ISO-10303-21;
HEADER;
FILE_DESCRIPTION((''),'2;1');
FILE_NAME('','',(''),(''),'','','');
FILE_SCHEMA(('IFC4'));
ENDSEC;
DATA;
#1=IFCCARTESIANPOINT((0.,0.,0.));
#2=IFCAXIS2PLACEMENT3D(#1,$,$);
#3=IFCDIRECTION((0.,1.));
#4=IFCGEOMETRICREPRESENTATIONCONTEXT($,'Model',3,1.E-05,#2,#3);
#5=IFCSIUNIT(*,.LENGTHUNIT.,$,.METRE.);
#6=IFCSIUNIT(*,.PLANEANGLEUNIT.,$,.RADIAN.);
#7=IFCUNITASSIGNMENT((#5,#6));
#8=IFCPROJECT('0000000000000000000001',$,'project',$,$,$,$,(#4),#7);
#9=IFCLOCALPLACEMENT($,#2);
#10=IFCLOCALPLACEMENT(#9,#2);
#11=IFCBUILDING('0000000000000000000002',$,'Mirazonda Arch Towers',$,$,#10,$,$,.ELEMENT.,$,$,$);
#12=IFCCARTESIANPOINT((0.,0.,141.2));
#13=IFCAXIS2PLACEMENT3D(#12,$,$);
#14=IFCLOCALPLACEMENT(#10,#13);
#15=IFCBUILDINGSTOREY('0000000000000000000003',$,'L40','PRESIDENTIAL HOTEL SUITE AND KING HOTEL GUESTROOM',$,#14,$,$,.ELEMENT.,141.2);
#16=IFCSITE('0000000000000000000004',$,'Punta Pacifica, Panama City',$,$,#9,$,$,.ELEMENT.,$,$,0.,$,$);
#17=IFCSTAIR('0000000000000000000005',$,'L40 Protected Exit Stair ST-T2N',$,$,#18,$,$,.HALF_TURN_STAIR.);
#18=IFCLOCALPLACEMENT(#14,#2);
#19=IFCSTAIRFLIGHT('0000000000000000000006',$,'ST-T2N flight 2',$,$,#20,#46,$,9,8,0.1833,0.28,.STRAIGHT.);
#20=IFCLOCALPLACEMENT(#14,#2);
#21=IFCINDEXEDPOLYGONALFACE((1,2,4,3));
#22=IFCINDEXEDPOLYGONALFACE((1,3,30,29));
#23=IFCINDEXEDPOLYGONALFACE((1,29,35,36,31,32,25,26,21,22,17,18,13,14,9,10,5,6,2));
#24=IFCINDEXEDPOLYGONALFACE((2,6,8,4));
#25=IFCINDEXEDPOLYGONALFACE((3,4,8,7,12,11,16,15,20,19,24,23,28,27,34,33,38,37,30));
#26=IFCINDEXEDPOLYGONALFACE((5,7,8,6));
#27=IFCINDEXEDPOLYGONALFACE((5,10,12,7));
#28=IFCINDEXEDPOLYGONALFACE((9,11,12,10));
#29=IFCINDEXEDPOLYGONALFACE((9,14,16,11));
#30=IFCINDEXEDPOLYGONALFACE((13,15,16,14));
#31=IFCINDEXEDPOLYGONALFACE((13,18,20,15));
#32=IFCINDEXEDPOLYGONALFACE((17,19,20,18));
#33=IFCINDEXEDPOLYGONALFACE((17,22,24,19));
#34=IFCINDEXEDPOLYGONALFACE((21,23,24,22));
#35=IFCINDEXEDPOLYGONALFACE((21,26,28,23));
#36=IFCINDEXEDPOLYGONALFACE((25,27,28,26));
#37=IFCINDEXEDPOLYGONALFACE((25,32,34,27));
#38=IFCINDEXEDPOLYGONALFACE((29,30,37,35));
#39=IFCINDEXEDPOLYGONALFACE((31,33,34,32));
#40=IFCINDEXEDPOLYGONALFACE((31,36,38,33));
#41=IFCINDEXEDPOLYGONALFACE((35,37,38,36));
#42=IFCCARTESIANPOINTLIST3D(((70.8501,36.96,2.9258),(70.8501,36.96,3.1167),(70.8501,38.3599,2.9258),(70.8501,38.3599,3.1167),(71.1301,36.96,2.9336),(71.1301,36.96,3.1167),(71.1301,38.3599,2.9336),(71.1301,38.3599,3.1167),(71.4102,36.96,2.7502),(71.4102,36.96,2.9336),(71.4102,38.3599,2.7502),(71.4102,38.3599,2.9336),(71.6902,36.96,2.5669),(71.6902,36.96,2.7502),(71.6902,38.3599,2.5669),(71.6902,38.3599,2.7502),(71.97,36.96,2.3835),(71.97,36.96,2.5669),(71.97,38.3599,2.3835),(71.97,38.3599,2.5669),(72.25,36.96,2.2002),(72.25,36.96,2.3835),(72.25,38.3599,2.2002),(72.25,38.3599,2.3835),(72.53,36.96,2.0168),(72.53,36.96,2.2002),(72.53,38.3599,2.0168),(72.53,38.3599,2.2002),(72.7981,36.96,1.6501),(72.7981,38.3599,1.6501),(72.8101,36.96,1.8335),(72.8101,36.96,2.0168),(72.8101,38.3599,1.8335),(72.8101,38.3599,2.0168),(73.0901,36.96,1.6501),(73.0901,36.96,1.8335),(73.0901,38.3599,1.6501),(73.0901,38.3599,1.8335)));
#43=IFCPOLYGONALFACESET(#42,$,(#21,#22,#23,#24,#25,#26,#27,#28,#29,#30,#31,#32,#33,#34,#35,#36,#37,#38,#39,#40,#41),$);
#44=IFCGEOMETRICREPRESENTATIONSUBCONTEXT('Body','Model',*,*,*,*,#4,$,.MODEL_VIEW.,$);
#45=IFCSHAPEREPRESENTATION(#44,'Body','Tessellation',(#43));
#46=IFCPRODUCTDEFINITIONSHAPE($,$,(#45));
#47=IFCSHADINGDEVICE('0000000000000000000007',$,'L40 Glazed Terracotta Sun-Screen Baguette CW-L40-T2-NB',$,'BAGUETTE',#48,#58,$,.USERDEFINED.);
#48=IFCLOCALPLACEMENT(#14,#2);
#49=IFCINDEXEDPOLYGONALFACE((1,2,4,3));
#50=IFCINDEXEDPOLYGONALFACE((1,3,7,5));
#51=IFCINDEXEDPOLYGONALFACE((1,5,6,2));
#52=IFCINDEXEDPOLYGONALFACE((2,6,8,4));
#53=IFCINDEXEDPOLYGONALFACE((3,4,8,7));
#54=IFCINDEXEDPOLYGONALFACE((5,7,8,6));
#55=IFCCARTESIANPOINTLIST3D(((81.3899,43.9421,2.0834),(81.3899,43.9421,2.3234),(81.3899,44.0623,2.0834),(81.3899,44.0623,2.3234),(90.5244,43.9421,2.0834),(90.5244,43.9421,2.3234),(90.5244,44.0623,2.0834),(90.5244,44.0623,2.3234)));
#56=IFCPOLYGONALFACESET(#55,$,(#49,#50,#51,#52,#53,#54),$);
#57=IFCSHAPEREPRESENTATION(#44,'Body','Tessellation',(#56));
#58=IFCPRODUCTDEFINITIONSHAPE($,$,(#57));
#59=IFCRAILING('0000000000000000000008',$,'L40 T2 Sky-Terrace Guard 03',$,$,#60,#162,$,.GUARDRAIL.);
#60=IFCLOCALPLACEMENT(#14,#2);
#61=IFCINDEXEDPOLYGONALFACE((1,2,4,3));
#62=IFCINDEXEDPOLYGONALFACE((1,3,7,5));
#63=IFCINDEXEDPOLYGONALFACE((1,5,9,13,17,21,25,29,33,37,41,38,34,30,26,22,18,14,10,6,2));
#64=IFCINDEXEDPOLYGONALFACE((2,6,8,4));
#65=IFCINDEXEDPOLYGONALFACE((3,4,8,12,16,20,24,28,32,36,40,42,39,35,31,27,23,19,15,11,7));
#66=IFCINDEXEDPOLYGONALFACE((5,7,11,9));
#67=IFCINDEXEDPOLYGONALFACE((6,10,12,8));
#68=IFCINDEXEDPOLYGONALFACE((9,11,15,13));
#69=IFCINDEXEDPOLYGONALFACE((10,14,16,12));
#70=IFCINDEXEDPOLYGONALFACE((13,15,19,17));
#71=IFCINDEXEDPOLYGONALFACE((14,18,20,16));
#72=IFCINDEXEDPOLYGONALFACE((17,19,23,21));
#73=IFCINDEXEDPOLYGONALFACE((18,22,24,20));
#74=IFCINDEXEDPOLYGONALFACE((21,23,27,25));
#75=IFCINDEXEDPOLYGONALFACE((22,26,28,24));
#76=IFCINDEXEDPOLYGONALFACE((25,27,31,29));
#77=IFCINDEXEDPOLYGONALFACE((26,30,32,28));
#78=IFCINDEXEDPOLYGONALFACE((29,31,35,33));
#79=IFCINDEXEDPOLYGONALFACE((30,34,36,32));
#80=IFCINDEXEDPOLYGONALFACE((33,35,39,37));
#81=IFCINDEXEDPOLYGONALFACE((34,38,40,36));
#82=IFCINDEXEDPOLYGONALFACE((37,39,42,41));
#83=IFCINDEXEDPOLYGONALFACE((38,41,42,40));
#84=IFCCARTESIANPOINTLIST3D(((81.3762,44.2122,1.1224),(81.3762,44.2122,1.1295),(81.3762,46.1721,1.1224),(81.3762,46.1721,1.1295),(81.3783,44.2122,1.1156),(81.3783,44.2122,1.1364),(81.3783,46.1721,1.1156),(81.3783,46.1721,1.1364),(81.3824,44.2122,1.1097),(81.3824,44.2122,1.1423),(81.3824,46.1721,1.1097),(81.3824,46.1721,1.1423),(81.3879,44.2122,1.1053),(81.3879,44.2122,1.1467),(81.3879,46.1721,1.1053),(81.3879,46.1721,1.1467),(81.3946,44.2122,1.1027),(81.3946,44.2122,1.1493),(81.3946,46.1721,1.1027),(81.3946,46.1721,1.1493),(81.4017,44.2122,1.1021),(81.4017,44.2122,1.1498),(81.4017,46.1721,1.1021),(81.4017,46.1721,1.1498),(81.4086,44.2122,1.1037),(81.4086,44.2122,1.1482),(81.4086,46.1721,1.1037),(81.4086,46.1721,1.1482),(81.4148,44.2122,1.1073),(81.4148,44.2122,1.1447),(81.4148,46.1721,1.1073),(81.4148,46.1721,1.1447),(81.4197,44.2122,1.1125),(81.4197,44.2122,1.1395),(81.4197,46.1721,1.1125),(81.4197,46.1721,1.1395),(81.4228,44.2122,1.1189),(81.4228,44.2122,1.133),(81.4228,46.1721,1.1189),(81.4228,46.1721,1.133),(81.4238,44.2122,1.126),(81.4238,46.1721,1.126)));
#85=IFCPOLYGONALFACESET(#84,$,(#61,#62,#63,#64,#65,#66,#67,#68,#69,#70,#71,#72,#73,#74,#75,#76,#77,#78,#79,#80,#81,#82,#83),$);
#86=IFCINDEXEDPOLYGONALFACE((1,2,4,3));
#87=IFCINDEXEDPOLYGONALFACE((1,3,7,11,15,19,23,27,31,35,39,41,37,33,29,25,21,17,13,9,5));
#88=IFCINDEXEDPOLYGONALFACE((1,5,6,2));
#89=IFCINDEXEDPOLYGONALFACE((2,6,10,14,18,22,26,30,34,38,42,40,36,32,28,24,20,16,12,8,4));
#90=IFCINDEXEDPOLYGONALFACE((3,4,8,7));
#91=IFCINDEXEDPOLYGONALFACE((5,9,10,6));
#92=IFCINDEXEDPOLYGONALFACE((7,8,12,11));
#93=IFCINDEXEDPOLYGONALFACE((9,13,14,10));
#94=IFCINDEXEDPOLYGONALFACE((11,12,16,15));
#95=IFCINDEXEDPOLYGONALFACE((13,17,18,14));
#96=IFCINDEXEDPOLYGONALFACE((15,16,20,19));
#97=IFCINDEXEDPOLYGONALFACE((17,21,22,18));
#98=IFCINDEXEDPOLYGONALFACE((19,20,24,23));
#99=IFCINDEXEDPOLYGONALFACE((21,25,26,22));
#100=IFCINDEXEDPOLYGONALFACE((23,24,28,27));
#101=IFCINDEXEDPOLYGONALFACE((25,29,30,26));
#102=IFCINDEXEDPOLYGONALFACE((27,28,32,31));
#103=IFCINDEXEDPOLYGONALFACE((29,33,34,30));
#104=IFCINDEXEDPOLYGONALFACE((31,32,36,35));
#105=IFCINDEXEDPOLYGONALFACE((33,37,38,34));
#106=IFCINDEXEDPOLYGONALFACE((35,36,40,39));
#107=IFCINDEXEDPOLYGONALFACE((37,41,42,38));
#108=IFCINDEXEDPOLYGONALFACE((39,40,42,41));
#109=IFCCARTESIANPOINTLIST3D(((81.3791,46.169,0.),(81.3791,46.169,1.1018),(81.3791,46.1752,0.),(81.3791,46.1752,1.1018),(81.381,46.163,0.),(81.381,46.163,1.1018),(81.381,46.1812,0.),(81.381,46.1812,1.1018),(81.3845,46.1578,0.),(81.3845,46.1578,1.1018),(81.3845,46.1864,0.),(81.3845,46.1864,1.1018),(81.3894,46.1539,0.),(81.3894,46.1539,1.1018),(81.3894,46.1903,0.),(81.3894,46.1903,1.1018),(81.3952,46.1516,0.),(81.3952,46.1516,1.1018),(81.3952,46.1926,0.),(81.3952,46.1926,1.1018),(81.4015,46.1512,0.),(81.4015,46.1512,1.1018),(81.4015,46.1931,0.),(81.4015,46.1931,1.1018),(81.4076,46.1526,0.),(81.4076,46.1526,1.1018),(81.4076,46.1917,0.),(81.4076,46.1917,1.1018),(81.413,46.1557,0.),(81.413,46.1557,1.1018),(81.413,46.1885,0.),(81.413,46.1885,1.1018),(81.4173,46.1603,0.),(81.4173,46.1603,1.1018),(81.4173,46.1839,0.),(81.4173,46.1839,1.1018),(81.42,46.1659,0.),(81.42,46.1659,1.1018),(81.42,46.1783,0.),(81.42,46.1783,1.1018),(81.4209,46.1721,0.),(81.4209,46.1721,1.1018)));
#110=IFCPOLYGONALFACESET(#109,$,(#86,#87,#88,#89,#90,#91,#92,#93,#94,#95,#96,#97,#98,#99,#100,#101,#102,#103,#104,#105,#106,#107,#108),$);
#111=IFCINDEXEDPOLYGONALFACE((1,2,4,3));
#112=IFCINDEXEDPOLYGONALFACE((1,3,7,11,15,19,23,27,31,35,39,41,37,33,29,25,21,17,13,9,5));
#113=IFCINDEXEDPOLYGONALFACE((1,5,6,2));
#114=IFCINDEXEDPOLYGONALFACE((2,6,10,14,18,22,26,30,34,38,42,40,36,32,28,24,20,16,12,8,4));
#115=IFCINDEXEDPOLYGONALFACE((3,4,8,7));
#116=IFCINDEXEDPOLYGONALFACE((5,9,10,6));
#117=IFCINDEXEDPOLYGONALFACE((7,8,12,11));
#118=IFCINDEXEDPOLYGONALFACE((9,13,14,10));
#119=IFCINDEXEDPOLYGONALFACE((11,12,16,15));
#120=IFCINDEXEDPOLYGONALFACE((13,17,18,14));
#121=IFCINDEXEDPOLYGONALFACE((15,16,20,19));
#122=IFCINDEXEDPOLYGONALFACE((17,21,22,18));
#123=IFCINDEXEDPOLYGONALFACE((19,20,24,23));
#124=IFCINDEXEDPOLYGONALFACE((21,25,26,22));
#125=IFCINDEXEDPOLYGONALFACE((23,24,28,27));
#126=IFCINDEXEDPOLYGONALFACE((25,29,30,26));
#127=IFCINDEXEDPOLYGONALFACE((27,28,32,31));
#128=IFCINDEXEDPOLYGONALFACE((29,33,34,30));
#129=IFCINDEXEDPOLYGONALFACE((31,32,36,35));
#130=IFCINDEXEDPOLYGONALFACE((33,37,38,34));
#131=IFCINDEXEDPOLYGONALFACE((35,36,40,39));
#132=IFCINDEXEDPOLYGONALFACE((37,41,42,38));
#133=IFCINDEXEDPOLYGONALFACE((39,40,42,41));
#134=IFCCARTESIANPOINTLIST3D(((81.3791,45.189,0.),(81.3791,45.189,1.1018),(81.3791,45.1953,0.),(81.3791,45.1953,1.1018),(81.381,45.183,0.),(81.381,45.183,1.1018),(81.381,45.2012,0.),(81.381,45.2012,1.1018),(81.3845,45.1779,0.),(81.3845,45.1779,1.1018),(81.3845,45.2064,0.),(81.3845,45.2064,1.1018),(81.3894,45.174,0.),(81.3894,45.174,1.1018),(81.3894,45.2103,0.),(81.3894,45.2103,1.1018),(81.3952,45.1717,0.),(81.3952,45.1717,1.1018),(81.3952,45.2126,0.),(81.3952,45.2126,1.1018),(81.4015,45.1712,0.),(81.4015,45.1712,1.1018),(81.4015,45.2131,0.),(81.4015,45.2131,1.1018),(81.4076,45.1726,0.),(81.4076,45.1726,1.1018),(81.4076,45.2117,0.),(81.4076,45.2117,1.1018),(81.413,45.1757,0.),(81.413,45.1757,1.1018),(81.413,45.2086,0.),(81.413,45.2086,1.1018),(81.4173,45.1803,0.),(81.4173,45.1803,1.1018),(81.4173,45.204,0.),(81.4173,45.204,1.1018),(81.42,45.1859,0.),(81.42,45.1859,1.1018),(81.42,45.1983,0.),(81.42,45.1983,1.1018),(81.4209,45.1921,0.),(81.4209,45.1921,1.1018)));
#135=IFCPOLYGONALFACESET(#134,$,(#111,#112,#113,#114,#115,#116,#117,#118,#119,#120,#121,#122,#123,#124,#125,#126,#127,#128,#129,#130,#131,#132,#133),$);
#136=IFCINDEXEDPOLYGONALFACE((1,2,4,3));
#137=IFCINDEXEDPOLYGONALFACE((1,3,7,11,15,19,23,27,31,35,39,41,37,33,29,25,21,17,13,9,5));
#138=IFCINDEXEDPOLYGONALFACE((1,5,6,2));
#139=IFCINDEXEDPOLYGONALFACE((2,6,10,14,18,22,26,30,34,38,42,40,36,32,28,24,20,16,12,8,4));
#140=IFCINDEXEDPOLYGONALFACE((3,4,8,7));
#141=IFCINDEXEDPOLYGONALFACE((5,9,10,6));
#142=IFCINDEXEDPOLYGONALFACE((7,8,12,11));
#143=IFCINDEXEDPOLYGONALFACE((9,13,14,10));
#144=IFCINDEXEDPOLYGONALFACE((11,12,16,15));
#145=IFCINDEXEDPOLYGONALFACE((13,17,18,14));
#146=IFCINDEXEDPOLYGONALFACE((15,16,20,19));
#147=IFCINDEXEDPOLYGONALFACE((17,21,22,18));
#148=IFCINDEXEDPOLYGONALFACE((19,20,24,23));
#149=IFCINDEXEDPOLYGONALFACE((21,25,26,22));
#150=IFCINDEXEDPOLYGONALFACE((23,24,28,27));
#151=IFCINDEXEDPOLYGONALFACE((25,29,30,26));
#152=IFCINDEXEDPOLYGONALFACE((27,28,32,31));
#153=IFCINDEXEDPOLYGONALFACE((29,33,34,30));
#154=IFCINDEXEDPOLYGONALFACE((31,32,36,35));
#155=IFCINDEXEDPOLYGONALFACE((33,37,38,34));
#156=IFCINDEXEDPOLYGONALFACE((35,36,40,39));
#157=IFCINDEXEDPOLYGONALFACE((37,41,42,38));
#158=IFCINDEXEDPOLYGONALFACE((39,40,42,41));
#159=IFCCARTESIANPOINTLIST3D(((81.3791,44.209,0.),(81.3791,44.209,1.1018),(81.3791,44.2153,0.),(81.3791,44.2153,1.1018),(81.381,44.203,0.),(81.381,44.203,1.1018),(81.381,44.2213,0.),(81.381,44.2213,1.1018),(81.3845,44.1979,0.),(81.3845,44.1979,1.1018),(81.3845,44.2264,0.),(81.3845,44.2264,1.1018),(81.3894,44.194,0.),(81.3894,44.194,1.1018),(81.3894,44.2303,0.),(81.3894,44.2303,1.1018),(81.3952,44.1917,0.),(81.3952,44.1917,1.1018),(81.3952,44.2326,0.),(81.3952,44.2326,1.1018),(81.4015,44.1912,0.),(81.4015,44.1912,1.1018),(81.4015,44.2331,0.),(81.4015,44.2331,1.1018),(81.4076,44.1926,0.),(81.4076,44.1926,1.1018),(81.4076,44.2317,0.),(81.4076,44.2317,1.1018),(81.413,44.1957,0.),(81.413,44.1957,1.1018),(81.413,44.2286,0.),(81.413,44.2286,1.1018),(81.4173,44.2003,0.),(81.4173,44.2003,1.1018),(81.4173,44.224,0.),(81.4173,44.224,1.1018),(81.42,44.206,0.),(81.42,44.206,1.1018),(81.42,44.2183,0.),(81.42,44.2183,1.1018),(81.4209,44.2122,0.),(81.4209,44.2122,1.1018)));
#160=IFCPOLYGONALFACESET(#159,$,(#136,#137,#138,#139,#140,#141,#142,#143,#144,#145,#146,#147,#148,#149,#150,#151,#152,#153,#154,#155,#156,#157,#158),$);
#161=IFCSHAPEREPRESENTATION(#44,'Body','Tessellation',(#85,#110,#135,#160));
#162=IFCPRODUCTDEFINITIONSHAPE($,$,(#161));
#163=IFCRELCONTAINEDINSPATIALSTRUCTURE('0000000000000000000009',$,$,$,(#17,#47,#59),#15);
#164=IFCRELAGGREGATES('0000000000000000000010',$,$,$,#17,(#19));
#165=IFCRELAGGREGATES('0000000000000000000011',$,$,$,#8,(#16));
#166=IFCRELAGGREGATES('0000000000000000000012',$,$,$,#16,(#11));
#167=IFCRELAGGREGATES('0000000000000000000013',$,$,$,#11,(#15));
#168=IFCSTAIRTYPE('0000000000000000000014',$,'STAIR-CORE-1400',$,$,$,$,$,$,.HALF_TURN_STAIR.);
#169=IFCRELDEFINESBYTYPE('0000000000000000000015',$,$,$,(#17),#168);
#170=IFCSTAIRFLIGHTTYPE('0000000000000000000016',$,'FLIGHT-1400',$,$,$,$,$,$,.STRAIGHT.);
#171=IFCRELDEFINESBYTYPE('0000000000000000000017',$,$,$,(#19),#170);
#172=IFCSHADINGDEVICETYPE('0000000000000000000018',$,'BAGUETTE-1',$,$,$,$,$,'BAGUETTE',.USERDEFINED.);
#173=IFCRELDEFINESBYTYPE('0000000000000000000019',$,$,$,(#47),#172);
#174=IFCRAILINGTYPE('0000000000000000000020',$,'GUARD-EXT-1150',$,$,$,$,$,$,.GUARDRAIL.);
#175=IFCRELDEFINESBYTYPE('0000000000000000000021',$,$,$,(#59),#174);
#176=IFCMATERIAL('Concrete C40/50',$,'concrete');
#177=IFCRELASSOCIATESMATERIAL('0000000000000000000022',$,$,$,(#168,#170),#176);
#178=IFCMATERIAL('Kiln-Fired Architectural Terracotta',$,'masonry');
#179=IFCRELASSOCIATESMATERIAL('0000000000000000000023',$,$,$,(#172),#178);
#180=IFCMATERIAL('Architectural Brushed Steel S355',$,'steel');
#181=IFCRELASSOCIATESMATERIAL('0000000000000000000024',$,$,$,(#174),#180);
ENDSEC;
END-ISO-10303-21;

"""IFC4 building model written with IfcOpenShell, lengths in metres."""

from ifc_helpers import new_model, si_unit, direction, frame, origin, origin_2d, place, context, subcontext, project, spatial, polyline, rectangle, circle, outline, extrude, material, material_profile, profile_set, type_object, element, aggregate, save


model = new_model("IFC4")

# Units and contexts
model_context = context("Model", 3, precision=1e-05, world=origin(), true_north=direction((0.0, 1.0)))
body_context = subcontext(model_context, "Body", "Model", "MODEL_VIEW")
ifc_project = project(units=[si_unit("LENGTHUNIT", "METRE"), si_unit("PLANEANGLEUNIT", "RADIAN")], contexts=[model_context])

# Site, building, storey
site_placement = place(None, origin())
site = spatial("IfcSite", under=ifc_project, at=site_placement, Name="Punta Pacifica, Panama City", CompositionType="ELEMENT", RefElevation=0.0)
building_placement = place(site_placement, origin())
building = spatial("IfcBuilding", under=site, at=building_placement, Name="Mirazonda Arch Towers", CompositionType="ELEMENT")
storey_placement = place(building_placement, frame((0.0, 0.0, 141.2)))
storey = spatial("IfcBuildingStorey", under=building, at=storey_placement, Name="L40", Description="PRESIDENTIAL HOTEL SUITE AND KING HOTEL GUESTROOM", CompositionType="ELEMENT", Elevation=141.2)

# Shared definitions
ifc_material_1 = material(Name="Concrete C40/50", Category="concrete")

# Stair, stair flight
stair_type = type_object("IfcStairType", Name="STAIR-CORE-1400", PredefinedType="HALF_TURN_STAIR", material=ifc_material_1)
stair_placement = place(storey_placement, origin())
stair = element("IfcStair", 1, at=stair_placement, inside=storey, type_object=stair_type, Name="L40 Protected Exit Stair ST-T2N", PredefinedType="HALF_TURN_STAIR")
stair_flight_type = type_object("IfcStairFlightType", Name="FLIGHT-1400", PredefinedType="STRAIGHT", material=ifc_material_1)
stair_flight_placement = place(storey_placement, frame((73.0901, 37.6599, 1.6501), z_axis=(0.0, 0.0, 1.0), x_axis=(-1.0, 0.0, 0.0)))
stair_flight = element("IfcStairFlight", 2, at=stair_flight_placement, type_object=stair_flight_type, Name="ST-T2N flight 2", NumberOfRisers=9, NumberOfTreads=8, PredefinedType="STRAIGHT", RiserHeight=0.1833, TreadLength=0.28, context=body_context, shape_type="SweptSolid", body=[
    extrude(outline(polyline([(0.0, 0.0), (0.0, 0.1833), (0.28, 0.1833), (0.28, 0.3667), (0.5601, 0.3667), (0.5601, 0.55), (0.8401, 0.55), (0.8401, 0.7334), (1.1201, 0.7334), (1.1201, 0.9167), (1.3999, 0.9167), (1.3999, 1.1001), (1.6799, 1.1001), (1.6799, 1.2834), (1.96, 1.2834), (1.96, 1.4666), (2.24, 1.4666), (2.24, 1.6499), (2.24, 1.2756), (0.292, 0.0), (0.0, 0.0)])), frame((0.0, 0.7, 0.0), z_axis=(0.0, -1.0, 0.0), x_axis=(1.0, 0.0, 0.0)), (0.0, 0.0, 1.0), 1.3999),
])
aggregate(stair, [stair_flight])

# Shading device
ifc_material_2 = material(Name="Kiln-Fired Architectural Terracotta", Category="masonry")
ifc_material_profile_1 = material_profile(ifc_material_2, rectangle(XDim=0.1201, YDim=0.24, at=origin_2d()), Name="TERRA-BAG-120x240")
ifc_profile_set_1 = profile_set([ifc_material_profile_1], Name="Kiln-Fired Architectural Terracotta")
shading_device_type = type_object("IfcShadingDeviceType", Name="BAGUETTE-1", ElementType="BAGUETTE", PredefinedType="USERDEFINED", material=ifc_profile_set_1)
shading_device_placement = place(storey_placement, frame((81.3899, 44.0022, 2.2034), z_axis=(1.0, 0.0, 0.0), x_axis=(0.0, 1.0, 0.0)))
element("IfcShadingDevice", 3, at=shading_device_placement, inside=storey, type_object=shading_device_type, Name="L40 Glazed Terracotta Sun-Screen Baguette CW-L40-T2-NB", ObjectType="BAGUETTE", PredefinedType="USERDEFINED", context=body_context, shape_type="SweptSolid", body=[
    extrude(rectangle(XDim=0.1201, YDim=0.24, at=origin_2d()), origin(), (0.0, 0.0, 1.0), 9.1345),
])

# Railing
ifc_material_3 = material(Name="Architectural Brushed Steel S355", Category="steel")
railing_type_1 = type_object("IfcRailingType", Name="GUARD-EXT-1150", PredefinedType="GUARDRAIL", material=ifc_material_3)
railing_1_placement = place(storey_placement, frame((81.3999, 46.1721, 0.0)))
element("IfcRailing", 4, at=railing_1_placement, inside=storey, type_object=railing_type_1, Name="L40 T2 Sky-Terrace Guard 03", PredefinedType="GUARDRAIL", context=body_context, shape_type="SweptSolid", body=[
    extrude(circle(Radius=0.0239, at=origin_2d()), frame((0.0, 0.0, 1.126), z_axis=(0.0, -1.0, 0.0), x_axis=(1.0, 0.0, 0.0)), (0.0, 0.0, 1.0), 1.96),
    extrude(circle(Radius=0.021, at=origin_2d()), origin(), (0.0, 0.0, 1.0), 1.1018),
    extrude(circle(Radius=0.021, at=origin_2d()), frame((0.0, -0.98, 0.0)), (0.0, 0.0, 1.0), 1.1018),
    extrude(circle(Radius=0.021, at=origin_2d()), frame((0.0, -1.96, 0.0)), (0.0, 0.0, 1.0), 1.1018),
])

save(model, "model.ifc")
